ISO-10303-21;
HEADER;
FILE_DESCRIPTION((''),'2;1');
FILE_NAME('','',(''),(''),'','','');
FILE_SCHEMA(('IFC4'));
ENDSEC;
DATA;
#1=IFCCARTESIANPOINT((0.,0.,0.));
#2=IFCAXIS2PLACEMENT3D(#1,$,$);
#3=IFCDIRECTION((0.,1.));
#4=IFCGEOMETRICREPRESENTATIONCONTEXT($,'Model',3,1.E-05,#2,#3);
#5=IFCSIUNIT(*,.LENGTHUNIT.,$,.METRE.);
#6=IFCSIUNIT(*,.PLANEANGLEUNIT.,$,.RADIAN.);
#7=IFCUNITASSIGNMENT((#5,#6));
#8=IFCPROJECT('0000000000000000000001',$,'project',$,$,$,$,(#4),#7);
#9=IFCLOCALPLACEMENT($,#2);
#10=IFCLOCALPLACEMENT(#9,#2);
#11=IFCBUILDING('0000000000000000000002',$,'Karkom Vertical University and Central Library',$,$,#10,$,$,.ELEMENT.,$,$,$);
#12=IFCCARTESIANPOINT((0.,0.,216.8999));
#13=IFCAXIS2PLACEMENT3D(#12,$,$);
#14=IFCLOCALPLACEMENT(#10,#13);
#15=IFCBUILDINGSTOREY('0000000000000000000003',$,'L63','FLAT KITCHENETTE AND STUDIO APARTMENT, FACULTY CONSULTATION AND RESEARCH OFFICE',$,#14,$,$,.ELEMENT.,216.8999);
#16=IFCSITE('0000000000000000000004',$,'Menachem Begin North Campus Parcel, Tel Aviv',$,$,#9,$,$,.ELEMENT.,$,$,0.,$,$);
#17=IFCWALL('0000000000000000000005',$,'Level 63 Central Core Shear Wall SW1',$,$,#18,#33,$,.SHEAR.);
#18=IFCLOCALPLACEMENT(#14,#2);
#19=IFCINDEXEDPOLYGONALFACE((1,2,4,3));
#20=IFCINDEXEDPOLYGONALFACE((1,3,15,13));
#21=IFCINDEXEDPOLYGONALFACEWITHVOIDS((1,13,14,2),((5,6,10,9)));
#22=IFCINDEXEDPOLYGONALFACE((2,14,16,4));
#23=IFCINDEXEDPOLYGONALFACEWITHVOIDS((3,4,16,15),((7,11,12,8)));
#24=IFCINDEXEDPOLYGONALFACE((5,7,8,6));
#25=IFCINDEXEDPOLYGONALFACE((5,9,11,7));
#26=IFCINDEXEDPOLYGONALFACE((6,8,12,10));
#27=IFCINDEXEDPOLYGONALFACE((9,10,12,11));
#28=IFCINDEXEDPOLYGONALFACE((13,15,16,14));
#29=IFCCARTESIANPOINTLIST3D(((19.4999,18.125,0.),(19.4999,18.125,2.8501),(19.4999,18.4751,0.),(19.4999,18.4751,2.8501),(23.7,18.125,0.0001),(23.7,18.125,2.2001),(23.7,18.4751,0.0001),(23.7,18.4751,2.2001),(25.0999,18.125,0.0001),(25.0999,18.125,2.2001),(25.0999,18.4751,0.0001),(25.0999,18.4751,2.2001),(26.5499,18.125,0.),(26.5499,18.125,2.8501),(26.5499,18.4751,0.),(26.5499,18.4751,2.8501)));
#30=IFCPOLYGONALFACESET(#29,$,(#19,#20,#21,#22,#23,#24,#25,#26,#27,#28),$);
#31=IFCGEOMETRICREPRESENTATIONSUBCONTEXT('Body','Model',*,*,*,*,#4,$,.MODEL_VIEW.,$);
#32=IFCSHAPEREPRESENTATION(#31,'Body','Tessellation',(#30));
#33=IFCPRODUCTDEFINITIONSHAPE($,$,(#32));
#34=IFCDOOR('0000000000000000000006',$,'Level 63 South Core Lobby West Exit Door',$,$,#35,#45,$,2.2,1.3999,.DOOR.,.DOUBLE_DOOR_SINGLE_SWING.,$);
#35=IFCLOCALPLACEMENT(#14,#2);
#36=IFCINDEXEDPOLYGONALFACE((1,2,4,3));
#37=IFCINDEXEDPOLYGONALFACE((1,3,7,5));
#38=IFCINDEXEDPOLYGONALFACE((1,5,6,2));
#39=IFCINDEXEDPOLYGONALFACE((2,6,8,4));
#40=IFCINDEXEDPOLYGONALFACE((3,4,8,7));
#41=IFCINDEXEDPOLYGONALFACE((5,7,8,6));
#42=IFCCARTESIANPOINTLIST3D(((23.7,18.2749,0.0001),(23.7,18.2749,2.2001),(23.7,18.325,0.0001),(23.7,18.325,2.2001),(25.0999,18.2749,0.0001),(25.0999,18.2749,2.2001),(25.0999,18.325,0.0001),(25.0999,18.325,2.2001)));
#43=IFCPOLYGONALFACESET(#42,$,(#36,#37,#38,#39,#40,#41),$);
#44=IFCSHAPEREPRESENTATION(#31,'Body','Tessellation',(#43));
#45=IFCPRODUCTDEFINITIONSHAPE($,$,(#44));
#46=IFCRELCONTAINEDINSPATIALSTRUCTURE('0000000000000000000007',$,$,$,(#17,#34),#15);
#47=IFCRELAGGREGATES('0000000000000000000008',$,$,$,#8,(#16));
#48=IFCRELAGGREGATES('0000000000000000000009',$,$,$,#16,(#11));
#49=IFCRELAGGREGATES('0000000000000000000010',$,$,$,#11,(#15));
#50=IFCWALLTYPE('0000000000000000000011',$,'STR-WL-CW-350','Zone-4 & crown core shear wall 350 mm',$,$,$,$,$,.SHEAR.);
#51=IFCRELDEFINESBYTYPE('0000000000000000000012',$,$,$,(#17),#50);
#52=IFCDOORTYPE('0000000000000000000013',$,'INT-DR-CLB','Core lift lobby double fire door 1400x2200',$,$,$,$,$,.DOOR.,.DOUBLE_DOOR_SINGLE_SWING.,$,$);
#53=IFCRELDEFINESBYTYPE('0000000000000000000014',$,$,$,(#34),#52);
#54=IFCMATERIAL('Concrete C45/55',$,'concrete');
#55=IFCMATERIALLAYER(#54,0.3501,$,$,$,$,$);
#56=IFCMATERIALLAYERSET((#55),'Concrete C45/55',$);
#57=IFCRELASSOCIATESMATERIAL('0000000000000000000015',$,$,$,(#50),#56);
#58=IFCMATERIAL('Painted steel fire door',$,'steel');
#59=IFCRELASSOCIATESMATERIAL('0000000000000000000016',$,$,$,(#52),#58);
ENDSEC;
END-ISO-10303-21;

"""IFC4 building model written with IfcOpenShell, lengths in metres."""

from ifc_helpers import new_model, si_unit, direction, frame, frame_2d, origin, origin_with_axes, place, context, subcontext, project, spatial, rectangle, extrude, source, transform, mapped, material, layer, layer_set, type_object, element, fill, save


model = new_model("IFC4")

# Units and contexts
model_context = context("Model", 3, precision=1e-05, world=origin(), true_north=direction((0.0, 1.0)))
body_context = subcontext(model_context, "Body", "Model", "MODEL_VIEW")
ifc_project = project(units=[si_unit("LENGTHUNIT", "METRE"), si_unit("PLANEANGLEUNIT", "RADIAN")], contexts=[model_context])

# Site, building, storey
site_placement = place(None, origin())
site = spatial("IfcSite", under=ifc_project, at=site_placement, Name="Menachem Begin North Campus Parcel, Tel Aviv", CompositionType="ELEMENT", RefElevation=0.0)
building_placement = place(site_placement, origin())
building = spatial("IfcBuilding", under=site, at=building_placement, Name="Karkom Vertical University and Central Library", CompositionType="ELEMENT")
storey_placement = place(building_placement, frame((0.0, 0.0, 216.8999)))
storey = spatial("IfcBuildingStorey", under=building, at=storey_placement, Name="L63", Description="FLAT KITCHENETTE AND STUDIO APARTMENT, FACULTY CONSULTATION AND RESEARCH OFFICE", CompositionType="ELEMENT", Elevation=216.8999)

# Shared definitions
ifc_material_1 = material(Name="Concrete C45/55", Category="concrete")

# Wall, opening, door
ifc_layer_1 = layer(ifc_material_1, 0.3501)
ifc_layer_set_1 = layer_set([ifc_layer_1], Name="Concrete C45/55")
wall_type_1 = type_object("IfcWallType", Name="STR-WL-CW-350", Description="Zone-4 & crown core shear wall 350 mm", PredefinedType="SHEAR", material=ifc_layer_set_1)
wall_1_placement = place(storey_placement, frame((19.5, 18.3, 0.0), z_axis=(0.0, 0.0, 1.0), x_axis=(1.0, 0.0, 0.0)))
wall_1 = element("IfcWall", 1, at=wall_1_placement, inside=storey, type_object=wall_type_1, Name="Level 63 Central Core Shear Wall SW1", PredefinedType="SHEAR", context=body_context, shape_type="SweptSolid", body=[
    extrude(rectangle(XDim=7.05, YDim=0.3501, at=frame_2d((3.5249, 0.0))), origin(), (0.0, 0.0, 1.0), 2.8501),
])
opening_1_placement = place(wall_1_placement, frame((4.2, 0.0, 0.0)))
opening_1 = element("IfcOpeningElement", 2, at=opening_1_placement, cuts=wall_1, PredefinedType="OPENING", context=body_context, shape_type="SweptSolid", body=[
    extrude(rectangle(XDim=1.3999, YDim=2.2, at=frame_2d((0.7, 1.1001))), frame((0.0, 0.1851, 0.0), z_axis=(0.0, -1.0, 0.0), x_axis=(1.0, 0.0, 0.0)), (0.0, 0.0, 1.0), 0.3701),
])
ifc_material_2 = material(Name="Painted steel fire door", Category="steel")
door_type = type_object("IfcDoorType", Name="INT-DR-CLB", Description="Core lift lobby double fire door 1400x2200", OperationType="DOUBLE_DOOR_SINGLE_SWING", PredefinedType="DOOR", material=ifc_material_2)
shared_shape_1 = source(origin_with_axes(), body_context, "Body", "SweptSolid", [
    extrude(rectangle(XDim=1.3999, YDim=2.2, at=frame_2d((0.7, 1.1001))), frame((0.0, 0.0249, 0.0), z_axis=(0.0, -1.0, 0.0), x_axis=(1.0, 0.0, 0.0)), (0.0, 0.0, 1.0), 0.05),
])
door_placement = place(opening_1_placement, origin())
door = element("IfcDoor", 3, at=door_placement, inside=storey, type_object=door_type, Name="Level 63 South Core Lobby West Exit Door", OperationType="DOUBLE_DOOR_SINGLE_SWING", OverallHeight=2.2, OverallWidth=1.3999, PredefinedType="DOOR", context=body_context, shape_type="MappedRepresentation", body=[
    mapped(shared_shape_1, transform((0.0, 0.0, 0.0), scale=1.0)),
])
fill(opening_1, door)

save(model, "model.ifc")
